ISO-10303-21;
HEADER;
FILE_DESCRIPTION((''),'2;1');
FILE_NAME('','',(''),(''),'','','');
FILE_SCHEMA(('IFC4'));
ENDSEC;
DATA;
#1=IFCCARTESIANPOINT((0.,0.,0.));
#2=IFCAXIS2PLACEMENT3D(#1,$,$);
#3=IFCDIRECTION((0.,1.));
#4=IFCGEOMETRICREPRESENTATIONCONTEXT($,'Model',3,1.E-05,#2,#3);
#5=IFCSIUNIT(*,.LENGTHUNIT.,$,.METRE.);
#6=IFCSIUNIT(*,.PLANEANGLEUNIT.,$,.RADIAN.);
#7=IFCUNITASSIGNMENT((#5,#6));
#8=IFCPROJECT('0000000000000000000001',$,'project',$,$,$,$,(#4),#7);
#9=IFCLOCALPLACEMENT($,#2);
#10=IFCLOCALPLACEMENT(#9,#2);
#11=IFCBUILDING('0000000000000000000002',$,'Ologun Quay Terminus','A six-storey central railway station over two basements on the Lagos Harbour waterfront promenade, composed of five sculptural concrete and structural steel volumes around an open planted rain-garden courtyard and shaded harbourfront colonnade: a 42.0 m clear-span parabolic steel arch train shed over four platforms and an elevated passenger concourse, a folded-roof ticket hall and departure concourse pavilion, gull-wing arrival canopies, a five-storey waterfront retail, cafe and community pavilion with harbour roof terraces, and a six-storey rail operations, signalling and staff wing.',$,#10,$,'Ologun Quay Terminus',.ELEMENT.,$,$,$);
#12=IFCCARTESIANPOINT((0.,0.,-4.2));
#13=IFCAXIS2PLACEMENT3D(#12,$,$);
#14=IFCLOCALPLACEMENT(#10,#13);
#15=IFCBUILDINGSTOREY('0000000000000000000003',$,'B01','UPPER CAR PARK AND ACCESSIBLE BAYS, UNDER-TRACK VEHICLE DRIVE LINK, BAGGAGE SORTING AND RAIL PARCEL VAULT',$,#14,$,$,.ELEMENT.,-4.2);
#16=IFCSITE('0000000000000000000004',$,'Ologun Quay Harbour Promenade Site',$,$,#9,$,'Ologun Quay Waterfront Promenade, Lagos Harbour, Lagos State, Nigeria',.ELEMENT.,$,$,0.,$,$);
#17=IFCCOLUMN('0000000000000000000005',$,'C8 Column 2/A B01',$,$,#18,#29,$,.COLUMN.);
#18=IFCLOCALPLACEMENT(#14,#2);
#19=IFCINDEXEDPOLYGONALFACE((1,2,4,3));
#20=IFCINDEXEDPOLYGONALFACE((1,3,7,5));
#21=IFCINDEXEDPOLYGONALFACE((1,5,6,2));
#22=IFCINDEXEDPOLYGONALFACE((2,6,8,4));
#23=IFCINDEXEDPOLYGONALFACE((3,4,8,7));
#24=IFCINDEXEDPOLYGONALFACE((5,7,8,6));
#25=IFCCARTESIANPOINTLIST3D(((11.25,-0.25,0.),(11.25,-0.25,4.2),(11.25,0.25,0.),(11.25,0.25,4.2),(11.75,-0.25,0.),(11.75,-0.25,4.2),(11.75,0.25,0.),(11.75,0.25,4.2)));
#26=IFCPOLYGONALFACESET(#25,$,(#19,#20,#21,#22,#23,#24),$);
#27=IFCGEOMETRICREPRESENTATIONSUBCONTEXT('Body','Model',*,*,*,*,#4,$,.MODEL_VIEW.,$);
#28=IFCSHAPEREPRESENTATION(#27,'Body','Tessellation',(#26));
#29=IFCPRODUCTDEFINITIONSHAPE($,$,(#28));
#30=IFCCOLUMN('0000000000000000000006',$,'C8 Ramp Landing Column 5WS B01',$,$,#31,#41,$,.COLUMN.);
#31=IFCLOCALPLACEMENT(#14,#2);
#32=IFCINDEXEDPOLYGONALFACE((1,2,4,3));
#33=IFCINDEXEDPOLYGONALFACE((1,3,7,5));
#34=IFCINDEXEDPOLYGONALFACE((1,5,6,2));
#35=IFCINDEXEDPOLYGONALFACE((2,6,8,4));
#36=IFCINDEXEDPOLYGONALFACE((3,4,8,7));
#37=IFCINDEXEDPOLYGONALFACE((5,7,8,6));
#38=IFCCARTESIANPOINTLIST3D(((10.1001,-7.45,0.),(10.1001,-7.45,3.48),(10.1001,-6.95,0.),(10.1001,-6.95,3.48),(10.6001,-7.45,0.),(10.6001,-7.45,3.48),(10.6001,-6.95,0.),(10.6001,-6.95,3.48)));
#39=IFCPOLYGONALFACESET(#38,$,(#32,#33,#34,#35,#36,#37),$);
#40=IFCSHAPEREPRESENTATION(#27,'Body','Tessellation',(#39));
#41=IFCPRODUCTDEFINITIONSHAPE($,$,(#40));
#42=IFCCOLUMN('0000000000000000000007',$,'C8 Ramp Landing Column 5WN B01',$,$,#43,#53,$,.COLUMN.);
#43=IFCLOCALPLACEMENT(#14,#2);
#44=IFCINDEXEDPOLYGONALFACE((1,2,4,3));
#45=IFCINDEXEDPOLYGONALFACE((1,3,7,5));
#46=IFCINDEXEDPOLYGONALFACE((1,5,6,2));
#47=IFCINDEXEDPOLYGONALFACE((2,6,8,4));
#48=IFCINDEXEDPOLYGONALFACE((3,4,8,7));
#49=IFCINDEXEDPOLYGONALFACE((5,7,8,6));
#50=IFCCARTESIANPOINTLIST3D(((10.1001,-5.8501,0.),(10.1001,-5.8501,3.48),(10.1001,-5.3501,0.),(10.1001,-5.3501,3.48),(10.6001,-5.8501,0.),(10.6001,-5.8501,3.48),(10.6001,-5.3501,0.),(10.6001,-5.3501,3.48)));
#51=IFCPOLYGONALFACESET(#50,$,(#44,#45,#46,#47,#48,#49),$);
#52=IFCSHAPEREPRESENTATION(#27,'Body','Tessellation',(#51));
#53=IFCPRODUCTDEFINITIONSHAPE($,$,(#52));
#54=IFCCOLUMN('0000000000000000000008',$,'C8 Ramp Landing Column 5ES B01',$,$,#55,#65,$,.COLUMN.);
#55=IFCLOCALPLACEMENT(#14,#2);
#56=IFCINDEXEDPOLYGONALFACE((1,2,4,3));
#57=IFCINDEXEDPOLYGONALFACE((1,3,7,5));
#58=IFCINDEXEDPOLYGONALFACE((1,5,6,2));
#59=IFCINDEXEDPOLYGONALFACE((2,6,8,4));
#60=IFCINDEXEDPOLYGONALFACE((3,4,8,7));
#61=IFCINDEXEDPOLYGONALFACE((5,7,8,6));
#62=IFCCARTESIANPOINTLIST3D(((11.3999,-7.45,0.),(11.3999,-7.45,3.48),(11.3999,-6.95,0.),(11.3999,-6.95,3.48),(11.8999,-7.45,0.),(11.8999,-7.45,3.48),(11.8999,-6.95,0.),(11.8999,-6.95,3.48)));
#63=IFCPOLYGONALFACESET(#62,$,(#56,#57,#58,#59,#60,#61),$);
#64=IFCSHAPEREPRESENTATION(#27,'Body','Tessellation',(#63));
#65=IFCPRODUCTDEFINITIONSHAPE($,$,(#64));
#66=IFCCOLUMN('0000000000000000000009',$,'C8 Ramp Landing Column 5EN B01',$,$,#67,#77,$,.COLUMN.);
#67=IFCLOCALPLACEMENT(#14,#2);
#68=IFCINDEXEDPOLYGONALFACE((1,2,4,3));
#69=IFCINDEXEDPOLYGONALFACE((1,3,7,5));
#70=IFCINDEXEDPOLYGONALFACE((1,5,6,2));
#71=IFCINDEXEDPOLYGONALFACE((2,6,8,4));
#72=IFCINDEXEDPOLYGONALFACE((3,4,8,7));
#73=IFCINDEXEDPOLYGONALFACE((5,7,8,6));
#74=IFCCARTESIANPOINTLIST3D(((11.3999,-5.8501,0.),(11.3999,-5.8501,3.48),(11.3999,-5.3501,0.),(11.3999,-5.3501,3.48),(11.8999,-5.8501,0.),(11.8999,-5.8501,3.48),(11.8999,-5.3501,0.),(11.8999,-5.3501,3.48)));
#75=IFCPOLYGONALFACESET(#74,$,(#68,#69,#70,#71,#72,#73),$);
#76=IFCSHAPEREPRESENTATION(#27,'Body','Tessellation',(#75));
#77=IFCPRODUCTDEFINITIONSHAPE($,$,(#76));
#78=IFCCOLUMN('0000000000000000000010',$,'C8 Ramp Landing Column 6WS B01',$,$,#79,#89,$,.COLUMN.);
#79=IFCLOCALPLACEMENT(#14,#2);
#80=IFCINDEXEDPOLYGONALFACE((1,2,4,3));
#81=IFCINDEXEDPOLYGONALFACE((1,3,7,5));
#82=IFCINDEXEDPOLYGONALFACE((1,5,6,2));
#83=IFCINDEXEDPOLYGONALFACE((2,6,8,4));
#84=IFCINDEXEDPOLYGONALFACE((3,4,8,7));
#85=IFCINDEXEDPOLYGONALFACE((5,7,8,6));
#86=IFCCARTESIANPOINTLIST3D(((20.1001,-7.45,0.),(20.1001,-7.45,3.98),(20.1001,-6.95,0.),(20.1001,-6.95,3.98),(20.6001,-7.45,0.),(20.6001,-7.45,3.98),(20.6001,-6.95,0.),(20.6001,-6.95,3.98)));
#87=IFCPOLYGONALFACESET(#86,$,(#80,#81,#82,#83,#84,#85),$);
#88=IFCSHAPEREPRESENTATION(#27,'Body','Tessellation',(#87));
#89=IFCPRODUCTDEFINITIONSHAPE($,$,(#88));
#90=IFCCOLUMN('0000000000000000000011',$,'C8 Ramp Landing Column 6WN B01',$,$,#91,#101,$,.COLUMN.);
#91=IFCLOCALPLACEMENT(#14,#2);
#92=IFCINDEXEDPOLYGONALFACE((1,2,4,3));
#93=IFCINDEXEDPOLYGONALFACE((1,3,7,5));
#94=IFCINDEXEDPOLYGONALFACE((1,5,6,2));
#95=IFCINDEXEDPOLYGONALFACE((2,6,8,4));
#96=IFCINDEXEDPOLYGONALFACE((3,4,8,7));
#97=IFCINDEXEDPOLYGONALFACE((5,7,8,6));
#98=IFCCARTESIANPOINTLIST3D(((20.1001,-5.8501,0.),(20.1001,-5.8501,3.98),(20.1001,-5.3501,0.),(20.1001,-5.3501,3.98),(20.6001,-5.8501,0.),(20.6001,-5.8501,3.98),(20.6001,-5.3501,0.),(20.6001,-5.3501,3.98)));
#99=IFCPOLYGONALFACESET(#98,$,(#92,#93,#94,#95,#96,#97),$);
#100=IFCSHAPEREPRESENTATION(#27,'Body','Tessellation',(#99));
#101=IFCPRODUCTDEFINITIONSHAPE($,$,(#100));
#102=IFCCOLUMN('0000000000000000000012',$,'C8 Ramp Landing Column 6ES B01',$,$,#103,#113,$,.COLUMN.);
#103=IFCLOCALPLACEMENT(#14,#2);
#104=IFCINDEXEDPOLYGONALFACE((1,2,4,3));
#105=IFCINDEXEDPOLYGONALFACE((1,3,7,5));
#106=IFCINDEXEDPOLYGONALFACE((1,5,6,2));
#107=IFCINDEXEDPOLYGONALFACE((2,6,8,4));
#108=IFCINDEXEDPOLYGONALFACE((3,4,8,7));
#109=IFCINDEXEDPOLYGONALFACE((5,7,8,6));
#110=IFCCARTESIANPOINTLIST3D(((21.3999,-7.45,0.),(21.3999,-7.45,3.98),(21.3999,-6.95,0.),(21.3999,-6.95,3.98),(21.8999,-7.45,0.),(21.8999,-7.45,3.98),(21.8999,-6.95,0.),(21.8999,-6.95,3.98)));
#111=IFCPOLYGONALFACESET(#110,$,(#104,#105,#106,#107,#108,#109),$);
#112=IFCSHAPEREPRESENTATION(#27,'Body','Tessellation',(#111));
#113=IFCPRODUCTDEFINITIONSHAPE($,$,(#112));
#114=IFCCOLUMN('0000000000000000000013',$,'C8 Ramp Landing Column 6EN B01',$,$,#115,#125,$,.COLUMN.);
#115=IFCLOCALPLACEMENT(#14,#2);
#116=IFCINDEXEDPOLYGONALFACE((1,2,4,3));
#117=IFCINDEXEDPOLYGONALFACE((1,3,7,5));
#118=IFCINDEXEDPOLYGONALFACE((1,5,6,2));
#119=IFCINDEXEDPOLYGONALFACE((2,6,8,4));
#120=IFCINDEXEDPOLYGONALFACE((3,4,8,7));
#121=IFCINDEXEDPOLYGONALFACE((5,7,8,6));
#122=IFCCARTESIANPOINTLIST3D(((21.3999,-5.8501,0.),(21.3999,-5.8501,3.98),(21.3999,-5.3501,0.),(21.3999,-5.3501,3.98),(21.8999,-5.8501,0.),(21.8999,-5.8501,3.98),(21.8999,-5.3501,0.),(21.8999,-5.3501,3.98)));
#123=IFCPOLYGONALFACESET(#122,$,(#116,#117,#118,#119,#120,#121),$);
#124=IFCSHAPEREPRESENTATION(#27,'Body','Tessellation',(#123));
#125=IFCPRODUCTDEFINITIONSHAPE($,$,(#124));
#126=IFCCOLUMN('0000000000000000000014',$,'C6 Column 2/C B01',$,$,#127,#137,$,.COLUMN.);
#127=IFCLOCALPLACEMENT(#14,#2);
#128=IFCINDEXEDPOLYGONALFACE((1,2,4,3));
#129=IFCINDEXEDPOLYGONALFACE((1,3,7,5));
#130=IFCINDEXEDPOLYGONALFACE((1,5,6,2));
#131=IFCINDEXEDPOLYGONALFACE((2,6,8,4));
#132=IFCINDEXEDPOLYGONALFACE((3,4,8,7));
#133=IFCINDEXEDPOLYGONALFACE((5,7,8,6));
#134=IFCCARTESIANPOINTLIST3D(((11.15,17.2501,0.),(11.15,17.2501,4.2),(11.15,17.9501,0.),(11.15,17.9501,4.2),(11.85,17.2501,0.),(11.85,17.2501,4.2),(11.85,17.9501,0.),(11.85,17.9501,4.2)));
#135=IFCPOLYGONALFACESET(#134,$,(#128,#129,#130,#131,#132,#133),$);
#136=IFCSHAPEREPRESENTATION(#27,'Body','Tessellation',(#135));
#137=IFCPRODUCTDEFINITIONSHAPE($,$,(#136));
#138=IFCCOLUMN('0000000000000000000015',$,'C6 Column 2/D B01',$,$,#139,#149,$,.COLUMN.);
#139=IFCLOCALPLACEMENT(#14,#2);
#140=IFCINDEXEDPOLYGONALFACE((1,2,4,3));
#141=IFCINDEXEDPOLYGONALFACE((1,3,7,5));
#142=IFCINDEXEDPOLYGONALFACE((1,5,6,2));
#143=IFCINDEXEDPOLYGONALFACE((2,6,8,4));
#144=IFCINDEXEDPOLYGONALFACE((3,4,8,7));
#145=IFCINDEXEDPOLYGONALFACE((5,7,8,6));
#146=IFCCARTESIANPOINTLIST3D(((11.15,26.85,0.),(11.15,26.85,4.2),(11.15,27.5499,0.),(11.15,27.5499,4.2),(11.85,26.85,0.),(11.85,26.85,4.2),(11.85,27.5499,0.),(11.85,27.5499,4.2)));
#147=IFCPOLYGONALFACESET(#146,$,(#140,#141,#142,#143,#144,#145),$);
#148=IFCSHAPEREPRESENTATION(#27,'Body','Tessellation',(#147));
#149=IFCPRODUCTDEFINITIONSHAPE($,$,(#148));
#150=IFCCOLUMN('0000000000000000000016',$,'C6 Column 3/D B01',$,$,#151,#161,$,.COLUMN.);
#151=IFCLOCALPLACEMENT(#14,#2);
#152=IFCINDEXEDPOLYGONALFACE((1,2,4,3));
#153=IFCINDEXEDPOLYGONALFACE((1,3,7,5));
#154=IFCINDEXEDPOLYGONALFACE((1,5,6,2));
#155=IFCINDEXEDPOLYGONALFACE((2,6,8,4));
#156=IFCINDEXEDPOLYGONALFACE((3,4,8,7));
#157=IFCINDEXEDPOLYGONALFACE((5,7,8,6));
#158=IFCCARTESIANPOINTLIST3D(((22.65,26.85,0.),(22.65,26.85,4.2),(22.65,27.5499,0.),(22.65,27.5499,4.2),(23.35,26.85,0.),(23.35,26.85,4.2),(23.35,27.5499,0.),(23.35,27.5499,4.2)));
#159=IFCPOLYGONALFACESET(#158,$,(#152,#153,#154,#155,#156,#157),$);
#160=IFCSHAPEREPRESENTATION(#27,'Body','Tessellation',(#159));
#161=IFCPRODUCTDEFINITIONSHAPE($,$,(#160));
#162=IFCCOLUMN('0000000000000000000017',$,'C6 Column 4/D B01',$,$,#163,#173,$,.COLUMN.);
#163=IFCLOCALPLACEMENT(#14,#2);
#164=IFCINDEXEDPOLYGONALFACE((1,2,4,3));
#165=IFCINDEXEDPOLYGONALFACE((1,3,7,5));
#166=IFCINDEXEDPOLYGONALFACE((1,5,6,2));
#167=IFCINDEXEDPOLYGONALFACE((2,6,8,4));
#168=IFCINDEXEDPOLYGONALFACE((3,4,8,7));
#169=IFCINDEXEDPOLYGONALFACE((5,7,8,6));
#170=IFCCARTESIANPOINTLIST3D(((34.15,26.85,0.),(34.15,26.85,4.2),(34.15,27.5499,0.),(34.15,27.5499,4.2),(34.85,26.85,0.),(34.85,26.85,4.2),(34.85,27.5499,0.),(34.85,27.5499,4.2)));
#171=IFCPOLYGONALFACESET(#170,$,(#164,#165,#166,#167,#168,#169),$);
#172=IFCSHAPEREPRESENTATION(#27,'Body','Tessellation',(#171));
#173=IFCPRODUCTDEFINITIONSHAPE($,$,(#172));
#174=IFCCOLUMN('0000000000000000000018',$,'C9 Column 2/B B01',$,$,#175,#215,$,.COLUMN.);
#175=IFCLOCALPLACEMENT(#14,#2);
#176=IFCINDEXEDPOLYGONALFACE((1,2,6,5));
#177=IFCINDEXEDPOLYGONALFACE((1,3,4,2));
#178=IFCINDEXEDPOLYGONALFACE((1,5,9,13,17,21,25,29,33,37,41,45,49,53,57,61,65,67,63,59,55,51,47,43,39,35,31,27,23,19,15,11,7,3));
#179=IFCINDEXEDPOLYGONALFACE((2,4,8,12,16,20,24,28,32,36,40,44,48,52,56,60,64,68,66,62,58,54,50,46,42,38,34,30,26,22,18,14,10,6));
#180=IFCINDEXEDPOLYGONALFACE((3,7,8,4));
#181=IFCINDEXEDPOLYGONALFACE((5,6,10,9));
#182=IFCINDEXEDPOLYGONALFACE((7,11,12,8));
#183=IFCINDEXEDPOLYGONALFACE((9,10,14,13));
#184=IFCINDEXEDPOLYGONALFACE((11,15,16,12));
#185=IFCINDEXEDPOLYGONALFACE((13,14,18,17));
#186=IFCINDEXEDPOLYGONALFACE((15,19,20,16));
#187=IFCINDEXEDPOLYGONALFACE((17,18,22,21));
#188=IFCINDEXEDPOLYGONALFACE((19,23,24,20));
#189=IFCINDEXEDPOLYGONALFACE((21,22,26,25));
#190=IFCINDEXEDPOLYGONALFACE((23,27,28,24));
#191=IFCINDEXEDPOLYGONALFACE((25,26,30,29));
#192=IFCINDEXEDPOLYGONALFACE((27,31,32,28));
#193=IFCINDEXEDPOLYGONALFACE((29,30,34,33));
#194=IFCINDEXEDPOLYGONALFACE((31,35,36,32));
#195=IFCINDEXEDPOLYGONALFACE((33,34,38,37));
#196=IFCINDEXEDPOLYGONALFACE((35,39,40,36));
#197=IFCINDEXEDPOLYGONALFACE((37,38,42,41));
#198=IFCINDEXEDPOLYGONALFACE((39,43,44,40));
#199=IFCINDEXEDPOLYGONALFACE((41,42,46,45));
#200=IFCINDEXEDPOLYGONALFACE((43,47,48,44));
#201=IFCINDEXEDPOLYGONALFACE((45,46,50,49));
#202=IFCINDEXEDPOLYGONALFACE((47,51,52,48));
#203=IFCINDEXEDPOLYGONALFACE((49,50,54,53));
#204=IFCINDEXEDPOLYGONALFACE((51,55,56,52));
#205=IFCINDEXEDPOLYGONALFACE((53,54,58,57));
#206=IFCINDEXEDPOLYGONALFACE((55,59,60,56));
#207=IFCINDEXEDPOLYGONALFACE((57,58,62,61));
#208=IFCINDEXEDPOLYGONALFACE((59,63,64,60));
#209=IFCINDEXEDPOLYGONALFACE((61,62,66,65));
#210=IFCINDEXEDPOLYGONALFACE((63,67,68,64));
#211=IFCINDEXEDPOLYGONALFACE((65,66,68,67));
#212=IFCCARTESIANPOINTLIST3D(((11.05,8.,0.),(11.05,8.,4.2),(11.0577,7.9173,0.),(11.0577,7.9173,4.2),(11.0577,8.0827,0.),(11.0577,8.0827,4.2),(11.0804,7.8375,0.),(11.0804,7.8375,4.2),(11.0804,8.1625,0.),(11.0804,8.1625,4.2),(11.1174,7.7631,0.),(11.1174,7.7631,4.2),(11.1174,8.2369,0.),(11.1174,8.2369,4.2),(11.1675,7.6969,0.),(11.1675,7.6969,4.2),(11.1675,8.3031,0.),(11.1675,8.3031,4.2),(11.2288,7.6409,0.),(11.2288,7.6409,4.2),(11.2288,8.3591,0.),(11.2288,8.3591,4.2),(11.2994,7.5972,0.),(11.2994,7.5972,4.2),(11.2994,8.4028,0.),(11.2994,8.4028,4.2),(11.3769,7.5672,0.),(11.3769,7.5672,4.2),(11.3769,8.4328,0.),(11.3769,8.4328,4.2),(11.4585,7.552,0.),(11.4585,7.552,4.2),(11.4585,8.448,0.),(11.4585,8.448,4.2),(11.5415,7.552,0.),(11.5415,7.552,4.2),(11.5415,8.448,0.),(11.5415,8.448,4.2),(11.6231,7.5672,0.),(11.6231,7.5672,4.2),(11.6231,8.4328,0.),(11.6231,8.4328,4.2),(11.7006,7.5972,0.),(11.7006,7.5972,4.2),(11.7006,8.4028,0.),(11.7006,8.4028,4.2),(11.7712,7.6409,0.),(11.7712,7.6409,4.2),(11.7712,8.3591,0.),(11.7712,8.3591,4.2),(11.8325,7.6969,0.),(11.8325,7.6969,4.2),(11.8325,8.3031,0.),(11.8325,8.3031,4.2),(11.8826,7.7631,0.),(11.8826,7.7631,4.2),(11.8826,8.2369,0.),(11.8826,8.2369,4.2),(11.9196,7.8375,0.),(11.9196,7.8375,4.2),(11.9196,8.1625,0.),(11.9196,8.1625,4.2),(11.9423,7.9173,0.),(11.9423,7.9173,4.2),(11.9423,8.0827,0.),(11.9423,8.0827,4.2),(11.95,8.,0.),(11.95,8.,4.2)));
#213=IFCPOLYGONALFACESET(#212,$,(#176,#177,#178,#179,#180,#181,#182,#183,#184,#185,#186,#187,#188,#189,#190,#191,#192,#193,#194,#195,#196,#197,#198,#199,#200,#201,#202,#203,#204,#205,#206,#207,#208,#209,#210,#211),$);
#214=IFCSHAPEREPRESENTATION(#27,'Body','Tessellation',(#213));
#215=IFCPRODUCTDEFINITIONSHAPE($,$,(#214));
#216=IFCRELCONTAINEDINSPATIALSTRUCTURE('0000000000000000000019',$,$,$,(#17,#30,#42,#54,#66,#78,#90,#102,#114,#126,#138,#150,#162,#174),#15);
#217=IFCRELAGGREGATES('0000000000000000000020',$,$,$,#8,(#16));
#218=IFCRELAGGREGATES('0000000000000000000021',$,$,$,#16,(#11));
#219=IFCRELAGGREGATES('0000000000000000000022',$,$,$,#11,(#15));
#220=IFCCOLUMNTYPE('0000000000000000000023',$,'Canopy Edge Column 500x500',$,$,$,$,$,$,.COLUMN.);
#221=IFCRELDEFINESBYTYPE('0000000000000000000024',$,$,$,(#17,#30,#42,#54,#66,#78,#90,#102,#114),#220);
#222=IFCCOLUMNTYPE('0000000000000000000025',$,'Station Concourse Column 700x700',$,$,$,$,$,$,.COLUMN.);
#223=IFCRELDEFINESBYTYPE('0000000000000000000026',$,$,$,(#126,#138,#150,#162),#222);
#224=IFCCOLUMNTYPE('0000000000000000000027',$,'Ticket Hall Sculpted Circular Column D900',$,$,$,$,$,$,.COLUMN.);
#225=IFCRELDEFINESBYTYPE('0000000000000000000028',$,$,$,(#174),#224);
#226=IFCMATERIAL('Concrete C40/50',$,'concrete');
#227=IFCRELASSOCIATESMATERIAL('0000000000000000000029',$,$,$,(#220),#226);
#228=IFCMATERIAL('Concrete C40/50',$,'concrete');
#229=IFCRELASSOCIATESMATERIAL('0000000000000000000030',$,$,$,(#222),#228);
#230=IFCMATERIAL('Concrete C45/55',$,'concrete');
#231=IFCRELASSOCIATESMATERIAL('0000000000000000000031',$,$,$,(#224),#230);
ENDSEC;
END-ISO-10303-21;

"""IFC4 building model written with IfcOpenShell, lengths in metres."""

from ifc_helpers import new_model, si_unit, direction, frame, origin, origin_2d, place, context, subcontext, project, spatial, rectangle, circle, extrude, material, material_profile, profile_set, type_object, element, save


model = new_model("IFC4")

# Units and contexts
model_context = context("Model", 3, precision=1e-05, world=origin(), true_north=direction((0.0, 1.0)))
body_context = subcontext(model_context, "Body", "Model", "MODEL_VIEW")
ifc_project = project(units=[si_unit("LENGTHUNIT", "METRE"), si_unit("PLANEANGLEUNIT", "RADIAN")], contexts=[model_context])

# Site, building, storey
site_placement = place(None, origin())
site = spatial("IfcSite", under=ifc_project, at=site_placement, Name="Ologun Quay Harbour Promenade Site", LongName="Ologun Quay Waterfront Promenade, Lagos Harbour, Lagos State, Nigeria", CompositionType="ELEMENT", RefElevation=0.0)
building_placement = place(site_placement, origin())
building = spatial("IfcBuilding", under=site, at=building_placement, Name="Ologun Quay Terminus", Description="A six-storey central railway station over two basements on the Lagos Harbour waterfront promenade, composed of five sculptural concrete and structural steel volumes around an open planted rain-garden courtyard and shaded harbourfront colonnade: a 42.0 m clear-span parabolic steel arch train shed over four platforms and an elevated passenger concourse, a folded-roof ticket hall and departure concourse pavilion, gull-wing arrival canopies, a five-storey waterfront retail, cafe and community pavilion with harbour roof terraces, and a six-storey rail operations, signalling and staff wing.", LongName="Ologun Quay Terminus", CompositionType="ELEMENT")
storey_placement = place(building_placement, frame((0.0, 0.0, -4.2)))
storey = spatial("IfcBuildingStorey", under=building, at=storey_placement, Name="B01", Description="UPPER CAR PARK AND ACCESSIBLE BAYS, UNDER-TRACK VEHICLE DRIVE LINK, BAGGAGE SORTING AND RAIL PARCEL VAULT", CompositionType="ELEMENT", Elevation=-4.2)

# Columns
ifc_material_1 = material(Name="Concrete C40/50", Category="concrete")
ifc_material_profile_1 = material_profile(ifc_material_1, rectangle(XDim=0.5, YDim=0.5, at=origin_2d()), Name="RC 500x500")
ifc_profile_set_1 = profile_set([ifc_material_profile_1], Name="Concrete C40/50")
column_type_1 = type_object("IfcColumnType", Name="Canopy Edge Column 500x500", PredefinedType="COLUMN", material=ifc_profile_set_1)
column_1_placement = place(storey_placement, frame((11.5, 0.0, 0.0), z_axis=(0.0, 0.0, 1.0), x_axis=(1.0, 0.0, 0.0)))
element("IfcColumn", 1, at=column_1_placement, inside=storey, type_object=column_type_1, Name="C8 Column 2/A B01", PredefinedType="COLUMN", context=body_context, shape_type="SweptSolid", body=[
    extrude(rectangle(XDim=0.5, YDim=0.5, at=origin_2d()), origin(), (0.0, 0.0, 1.0), 4.2),
])
for number, where, z_axis, x_axis, name in (
    (2, (10.3501, -7.2, 0.0), (0.0, 0.0, 1.0), (1.0, 0.0, 0.0), "C8 Ramp Landing Column 5WS B01"),
    (3, (10.3501, -5.6001, 0.0), (0.0, 0.0, 1.0), (1.0, 0.0, 0.0), "C8 Ramp Landing Column 5WN B01"),
    (4, (11.6499, -7.2, 0.0), (0.0, 0.0, 1.0), (1.0, 0.0, 0.0), "C8 Ramp Landing Column 5ES B01"),
    (5, (11.6499, -5.6001, 0.0), (0.0, 0.0, 1.0), (1.0, 0.0, 0.0), "C8 Ramp Landing Column 5EN B01"),
):
    element("IfcColumn", number, at=place(storey_placement, frame(where, z_axis=z_axis, x_axis=x_axis)), inside=storey, type_object=column_type_1, Name=name, PredefinedType="COLUMN", context=body_context, shape_type="SweptSolid", body=[
        extrude(rectangle(XDim=0.5, YDim=0.5, at=origin_2d()), origin(), (0.0, 0.0, 1.0), 3.48),
    ])
for number, where, z_axis, x_axis, name in (
    (6, (20.3501, -7.2, 0.0), (0.0, 0.0, 1.0), (1.0, 0.0, 0.0), "C8 Ramp Landing Column 6WS B01"),
    (7, (20.3501, -5.6001, 0.0), (0.0, 0.0, 1.0), (1.0, 0.0, 0.0), "C8 Ramp Landing Column 6WN B01"),
    (8, (21.6499, -7.2, 0.0), (0.0, 0.0, 1.0), (1.0, 0.0, 0.0), "C8 Ramp Landing Column 6ES B01"),
    (9, (21.6499, -5.6001, 0.0), (0.0, 0.0, 1.0), (1.0, 0.0, 0.0), "C8 Ramp Landing Column 6EN B01"),
):
    element("IfcColumn", number, at=place(storey_placement, frame(where, z_axis=z_axis, x_axis=x_axis)), inside=storey, type_object=column_type_1, Name=name, PredefinedType="COLUMN", context=body_context, shape_type="SweptSolid", body=[
        extrude(rectangle(XDim=0.5, YDim=0.5, at=origin_2d()), origin(), (0.0, 0.0, 1.0), 3.98),
    ])
ifc_material_2 = material(Name="Concrete C40/50", Category="concrete")
ifc_material_profile_2 = material_profile(ifc_material_2, rectangle(XDim=0.7, YDim=0.7, at=origin_2d()), Name="RC 700x700")
ifc_profile_set_2 = profile_set([ifc_material_profile_2], Name="Concrete C40/50")
column_type_2 = type_object("IfcColumnType", Name="Station Concourse Column 700x700", PredefinedType="COLUMN", material=ifc_profile_set_2)
for number, where, z_axis, x_axis, name in (
    (10, (11.5, 17.6001, 0.0), (0.0, 0.0, 1.0), (1.0, 0.0, 0.0), "C6 Column 2/C B01"),
    (11, (11.5, 27.2, 0.0), (0.0, 0.0, 1.0), (1.0, 0.0, 0.0), "C6 Column 2/D B01"),
    (12, (23.0, 27.2, 0.0), (0.0, 0.0, 1.0), (1.0, 0.0, 0.0), "C6 Column 3/D B01"),
    (13, (34.5, 27.2, 0.0), (0.0, 0.0, 1.0), (1.0, 0.0, 0.0), "C6 Column 4/D B01"),
):
    element("IfcColumn", number, at=place(storey_placement, frame(where, z_axis=z_axis, x_axis=x_axis)), inside=storey, type_object=column_type_2, Name=name, PredefinedType="COLUMN", context=body_context, shape_type="SweptSolid", body=[
        extrude(rectangle(XDim=0.7, YDim=0.7, at=origin_2d()), origin(), (0.0, 0.0, 1.0), 4.2),
    ])
ifc_material_3 = material(Name="Concrete C45/55", Category="concrete")
ifc_material_profile_3 = material_profile(ifc_material_3, circle(Radius=0.45, at=origin_2d()), Name="RC D900")
ifc_profile_set_3 = profile_set([ifc_material_profile_3], Name="Concrete C45/55")
column_type_3 = type_object("IfcColumnType", Name="Ticket Hall Sculpted Circular Column D900", PredefinedType="COLUMN", material=ifc_profile_set_3)
column_2_placement = place(storey_placement, frame((11.5, 8.0, 0.0), z_axis=(0.0, 0.0, 1.0), x_axis=(1.0, 0.0, 0.0)))
element("IfcColumn", 14, at=column_2_placement, inside=storey, type_object=column_type_3, Name="C9 Column 2/B B01", PredefinedType="COLUMN", context=body_context, shape_type="SweptSolid", body=[
    extrude(circle(Radius=0.45, at=origin_2d()), origin(), (0.0, 0.0, 1.0), 4.2),
])

save(model, "model.ifc")
